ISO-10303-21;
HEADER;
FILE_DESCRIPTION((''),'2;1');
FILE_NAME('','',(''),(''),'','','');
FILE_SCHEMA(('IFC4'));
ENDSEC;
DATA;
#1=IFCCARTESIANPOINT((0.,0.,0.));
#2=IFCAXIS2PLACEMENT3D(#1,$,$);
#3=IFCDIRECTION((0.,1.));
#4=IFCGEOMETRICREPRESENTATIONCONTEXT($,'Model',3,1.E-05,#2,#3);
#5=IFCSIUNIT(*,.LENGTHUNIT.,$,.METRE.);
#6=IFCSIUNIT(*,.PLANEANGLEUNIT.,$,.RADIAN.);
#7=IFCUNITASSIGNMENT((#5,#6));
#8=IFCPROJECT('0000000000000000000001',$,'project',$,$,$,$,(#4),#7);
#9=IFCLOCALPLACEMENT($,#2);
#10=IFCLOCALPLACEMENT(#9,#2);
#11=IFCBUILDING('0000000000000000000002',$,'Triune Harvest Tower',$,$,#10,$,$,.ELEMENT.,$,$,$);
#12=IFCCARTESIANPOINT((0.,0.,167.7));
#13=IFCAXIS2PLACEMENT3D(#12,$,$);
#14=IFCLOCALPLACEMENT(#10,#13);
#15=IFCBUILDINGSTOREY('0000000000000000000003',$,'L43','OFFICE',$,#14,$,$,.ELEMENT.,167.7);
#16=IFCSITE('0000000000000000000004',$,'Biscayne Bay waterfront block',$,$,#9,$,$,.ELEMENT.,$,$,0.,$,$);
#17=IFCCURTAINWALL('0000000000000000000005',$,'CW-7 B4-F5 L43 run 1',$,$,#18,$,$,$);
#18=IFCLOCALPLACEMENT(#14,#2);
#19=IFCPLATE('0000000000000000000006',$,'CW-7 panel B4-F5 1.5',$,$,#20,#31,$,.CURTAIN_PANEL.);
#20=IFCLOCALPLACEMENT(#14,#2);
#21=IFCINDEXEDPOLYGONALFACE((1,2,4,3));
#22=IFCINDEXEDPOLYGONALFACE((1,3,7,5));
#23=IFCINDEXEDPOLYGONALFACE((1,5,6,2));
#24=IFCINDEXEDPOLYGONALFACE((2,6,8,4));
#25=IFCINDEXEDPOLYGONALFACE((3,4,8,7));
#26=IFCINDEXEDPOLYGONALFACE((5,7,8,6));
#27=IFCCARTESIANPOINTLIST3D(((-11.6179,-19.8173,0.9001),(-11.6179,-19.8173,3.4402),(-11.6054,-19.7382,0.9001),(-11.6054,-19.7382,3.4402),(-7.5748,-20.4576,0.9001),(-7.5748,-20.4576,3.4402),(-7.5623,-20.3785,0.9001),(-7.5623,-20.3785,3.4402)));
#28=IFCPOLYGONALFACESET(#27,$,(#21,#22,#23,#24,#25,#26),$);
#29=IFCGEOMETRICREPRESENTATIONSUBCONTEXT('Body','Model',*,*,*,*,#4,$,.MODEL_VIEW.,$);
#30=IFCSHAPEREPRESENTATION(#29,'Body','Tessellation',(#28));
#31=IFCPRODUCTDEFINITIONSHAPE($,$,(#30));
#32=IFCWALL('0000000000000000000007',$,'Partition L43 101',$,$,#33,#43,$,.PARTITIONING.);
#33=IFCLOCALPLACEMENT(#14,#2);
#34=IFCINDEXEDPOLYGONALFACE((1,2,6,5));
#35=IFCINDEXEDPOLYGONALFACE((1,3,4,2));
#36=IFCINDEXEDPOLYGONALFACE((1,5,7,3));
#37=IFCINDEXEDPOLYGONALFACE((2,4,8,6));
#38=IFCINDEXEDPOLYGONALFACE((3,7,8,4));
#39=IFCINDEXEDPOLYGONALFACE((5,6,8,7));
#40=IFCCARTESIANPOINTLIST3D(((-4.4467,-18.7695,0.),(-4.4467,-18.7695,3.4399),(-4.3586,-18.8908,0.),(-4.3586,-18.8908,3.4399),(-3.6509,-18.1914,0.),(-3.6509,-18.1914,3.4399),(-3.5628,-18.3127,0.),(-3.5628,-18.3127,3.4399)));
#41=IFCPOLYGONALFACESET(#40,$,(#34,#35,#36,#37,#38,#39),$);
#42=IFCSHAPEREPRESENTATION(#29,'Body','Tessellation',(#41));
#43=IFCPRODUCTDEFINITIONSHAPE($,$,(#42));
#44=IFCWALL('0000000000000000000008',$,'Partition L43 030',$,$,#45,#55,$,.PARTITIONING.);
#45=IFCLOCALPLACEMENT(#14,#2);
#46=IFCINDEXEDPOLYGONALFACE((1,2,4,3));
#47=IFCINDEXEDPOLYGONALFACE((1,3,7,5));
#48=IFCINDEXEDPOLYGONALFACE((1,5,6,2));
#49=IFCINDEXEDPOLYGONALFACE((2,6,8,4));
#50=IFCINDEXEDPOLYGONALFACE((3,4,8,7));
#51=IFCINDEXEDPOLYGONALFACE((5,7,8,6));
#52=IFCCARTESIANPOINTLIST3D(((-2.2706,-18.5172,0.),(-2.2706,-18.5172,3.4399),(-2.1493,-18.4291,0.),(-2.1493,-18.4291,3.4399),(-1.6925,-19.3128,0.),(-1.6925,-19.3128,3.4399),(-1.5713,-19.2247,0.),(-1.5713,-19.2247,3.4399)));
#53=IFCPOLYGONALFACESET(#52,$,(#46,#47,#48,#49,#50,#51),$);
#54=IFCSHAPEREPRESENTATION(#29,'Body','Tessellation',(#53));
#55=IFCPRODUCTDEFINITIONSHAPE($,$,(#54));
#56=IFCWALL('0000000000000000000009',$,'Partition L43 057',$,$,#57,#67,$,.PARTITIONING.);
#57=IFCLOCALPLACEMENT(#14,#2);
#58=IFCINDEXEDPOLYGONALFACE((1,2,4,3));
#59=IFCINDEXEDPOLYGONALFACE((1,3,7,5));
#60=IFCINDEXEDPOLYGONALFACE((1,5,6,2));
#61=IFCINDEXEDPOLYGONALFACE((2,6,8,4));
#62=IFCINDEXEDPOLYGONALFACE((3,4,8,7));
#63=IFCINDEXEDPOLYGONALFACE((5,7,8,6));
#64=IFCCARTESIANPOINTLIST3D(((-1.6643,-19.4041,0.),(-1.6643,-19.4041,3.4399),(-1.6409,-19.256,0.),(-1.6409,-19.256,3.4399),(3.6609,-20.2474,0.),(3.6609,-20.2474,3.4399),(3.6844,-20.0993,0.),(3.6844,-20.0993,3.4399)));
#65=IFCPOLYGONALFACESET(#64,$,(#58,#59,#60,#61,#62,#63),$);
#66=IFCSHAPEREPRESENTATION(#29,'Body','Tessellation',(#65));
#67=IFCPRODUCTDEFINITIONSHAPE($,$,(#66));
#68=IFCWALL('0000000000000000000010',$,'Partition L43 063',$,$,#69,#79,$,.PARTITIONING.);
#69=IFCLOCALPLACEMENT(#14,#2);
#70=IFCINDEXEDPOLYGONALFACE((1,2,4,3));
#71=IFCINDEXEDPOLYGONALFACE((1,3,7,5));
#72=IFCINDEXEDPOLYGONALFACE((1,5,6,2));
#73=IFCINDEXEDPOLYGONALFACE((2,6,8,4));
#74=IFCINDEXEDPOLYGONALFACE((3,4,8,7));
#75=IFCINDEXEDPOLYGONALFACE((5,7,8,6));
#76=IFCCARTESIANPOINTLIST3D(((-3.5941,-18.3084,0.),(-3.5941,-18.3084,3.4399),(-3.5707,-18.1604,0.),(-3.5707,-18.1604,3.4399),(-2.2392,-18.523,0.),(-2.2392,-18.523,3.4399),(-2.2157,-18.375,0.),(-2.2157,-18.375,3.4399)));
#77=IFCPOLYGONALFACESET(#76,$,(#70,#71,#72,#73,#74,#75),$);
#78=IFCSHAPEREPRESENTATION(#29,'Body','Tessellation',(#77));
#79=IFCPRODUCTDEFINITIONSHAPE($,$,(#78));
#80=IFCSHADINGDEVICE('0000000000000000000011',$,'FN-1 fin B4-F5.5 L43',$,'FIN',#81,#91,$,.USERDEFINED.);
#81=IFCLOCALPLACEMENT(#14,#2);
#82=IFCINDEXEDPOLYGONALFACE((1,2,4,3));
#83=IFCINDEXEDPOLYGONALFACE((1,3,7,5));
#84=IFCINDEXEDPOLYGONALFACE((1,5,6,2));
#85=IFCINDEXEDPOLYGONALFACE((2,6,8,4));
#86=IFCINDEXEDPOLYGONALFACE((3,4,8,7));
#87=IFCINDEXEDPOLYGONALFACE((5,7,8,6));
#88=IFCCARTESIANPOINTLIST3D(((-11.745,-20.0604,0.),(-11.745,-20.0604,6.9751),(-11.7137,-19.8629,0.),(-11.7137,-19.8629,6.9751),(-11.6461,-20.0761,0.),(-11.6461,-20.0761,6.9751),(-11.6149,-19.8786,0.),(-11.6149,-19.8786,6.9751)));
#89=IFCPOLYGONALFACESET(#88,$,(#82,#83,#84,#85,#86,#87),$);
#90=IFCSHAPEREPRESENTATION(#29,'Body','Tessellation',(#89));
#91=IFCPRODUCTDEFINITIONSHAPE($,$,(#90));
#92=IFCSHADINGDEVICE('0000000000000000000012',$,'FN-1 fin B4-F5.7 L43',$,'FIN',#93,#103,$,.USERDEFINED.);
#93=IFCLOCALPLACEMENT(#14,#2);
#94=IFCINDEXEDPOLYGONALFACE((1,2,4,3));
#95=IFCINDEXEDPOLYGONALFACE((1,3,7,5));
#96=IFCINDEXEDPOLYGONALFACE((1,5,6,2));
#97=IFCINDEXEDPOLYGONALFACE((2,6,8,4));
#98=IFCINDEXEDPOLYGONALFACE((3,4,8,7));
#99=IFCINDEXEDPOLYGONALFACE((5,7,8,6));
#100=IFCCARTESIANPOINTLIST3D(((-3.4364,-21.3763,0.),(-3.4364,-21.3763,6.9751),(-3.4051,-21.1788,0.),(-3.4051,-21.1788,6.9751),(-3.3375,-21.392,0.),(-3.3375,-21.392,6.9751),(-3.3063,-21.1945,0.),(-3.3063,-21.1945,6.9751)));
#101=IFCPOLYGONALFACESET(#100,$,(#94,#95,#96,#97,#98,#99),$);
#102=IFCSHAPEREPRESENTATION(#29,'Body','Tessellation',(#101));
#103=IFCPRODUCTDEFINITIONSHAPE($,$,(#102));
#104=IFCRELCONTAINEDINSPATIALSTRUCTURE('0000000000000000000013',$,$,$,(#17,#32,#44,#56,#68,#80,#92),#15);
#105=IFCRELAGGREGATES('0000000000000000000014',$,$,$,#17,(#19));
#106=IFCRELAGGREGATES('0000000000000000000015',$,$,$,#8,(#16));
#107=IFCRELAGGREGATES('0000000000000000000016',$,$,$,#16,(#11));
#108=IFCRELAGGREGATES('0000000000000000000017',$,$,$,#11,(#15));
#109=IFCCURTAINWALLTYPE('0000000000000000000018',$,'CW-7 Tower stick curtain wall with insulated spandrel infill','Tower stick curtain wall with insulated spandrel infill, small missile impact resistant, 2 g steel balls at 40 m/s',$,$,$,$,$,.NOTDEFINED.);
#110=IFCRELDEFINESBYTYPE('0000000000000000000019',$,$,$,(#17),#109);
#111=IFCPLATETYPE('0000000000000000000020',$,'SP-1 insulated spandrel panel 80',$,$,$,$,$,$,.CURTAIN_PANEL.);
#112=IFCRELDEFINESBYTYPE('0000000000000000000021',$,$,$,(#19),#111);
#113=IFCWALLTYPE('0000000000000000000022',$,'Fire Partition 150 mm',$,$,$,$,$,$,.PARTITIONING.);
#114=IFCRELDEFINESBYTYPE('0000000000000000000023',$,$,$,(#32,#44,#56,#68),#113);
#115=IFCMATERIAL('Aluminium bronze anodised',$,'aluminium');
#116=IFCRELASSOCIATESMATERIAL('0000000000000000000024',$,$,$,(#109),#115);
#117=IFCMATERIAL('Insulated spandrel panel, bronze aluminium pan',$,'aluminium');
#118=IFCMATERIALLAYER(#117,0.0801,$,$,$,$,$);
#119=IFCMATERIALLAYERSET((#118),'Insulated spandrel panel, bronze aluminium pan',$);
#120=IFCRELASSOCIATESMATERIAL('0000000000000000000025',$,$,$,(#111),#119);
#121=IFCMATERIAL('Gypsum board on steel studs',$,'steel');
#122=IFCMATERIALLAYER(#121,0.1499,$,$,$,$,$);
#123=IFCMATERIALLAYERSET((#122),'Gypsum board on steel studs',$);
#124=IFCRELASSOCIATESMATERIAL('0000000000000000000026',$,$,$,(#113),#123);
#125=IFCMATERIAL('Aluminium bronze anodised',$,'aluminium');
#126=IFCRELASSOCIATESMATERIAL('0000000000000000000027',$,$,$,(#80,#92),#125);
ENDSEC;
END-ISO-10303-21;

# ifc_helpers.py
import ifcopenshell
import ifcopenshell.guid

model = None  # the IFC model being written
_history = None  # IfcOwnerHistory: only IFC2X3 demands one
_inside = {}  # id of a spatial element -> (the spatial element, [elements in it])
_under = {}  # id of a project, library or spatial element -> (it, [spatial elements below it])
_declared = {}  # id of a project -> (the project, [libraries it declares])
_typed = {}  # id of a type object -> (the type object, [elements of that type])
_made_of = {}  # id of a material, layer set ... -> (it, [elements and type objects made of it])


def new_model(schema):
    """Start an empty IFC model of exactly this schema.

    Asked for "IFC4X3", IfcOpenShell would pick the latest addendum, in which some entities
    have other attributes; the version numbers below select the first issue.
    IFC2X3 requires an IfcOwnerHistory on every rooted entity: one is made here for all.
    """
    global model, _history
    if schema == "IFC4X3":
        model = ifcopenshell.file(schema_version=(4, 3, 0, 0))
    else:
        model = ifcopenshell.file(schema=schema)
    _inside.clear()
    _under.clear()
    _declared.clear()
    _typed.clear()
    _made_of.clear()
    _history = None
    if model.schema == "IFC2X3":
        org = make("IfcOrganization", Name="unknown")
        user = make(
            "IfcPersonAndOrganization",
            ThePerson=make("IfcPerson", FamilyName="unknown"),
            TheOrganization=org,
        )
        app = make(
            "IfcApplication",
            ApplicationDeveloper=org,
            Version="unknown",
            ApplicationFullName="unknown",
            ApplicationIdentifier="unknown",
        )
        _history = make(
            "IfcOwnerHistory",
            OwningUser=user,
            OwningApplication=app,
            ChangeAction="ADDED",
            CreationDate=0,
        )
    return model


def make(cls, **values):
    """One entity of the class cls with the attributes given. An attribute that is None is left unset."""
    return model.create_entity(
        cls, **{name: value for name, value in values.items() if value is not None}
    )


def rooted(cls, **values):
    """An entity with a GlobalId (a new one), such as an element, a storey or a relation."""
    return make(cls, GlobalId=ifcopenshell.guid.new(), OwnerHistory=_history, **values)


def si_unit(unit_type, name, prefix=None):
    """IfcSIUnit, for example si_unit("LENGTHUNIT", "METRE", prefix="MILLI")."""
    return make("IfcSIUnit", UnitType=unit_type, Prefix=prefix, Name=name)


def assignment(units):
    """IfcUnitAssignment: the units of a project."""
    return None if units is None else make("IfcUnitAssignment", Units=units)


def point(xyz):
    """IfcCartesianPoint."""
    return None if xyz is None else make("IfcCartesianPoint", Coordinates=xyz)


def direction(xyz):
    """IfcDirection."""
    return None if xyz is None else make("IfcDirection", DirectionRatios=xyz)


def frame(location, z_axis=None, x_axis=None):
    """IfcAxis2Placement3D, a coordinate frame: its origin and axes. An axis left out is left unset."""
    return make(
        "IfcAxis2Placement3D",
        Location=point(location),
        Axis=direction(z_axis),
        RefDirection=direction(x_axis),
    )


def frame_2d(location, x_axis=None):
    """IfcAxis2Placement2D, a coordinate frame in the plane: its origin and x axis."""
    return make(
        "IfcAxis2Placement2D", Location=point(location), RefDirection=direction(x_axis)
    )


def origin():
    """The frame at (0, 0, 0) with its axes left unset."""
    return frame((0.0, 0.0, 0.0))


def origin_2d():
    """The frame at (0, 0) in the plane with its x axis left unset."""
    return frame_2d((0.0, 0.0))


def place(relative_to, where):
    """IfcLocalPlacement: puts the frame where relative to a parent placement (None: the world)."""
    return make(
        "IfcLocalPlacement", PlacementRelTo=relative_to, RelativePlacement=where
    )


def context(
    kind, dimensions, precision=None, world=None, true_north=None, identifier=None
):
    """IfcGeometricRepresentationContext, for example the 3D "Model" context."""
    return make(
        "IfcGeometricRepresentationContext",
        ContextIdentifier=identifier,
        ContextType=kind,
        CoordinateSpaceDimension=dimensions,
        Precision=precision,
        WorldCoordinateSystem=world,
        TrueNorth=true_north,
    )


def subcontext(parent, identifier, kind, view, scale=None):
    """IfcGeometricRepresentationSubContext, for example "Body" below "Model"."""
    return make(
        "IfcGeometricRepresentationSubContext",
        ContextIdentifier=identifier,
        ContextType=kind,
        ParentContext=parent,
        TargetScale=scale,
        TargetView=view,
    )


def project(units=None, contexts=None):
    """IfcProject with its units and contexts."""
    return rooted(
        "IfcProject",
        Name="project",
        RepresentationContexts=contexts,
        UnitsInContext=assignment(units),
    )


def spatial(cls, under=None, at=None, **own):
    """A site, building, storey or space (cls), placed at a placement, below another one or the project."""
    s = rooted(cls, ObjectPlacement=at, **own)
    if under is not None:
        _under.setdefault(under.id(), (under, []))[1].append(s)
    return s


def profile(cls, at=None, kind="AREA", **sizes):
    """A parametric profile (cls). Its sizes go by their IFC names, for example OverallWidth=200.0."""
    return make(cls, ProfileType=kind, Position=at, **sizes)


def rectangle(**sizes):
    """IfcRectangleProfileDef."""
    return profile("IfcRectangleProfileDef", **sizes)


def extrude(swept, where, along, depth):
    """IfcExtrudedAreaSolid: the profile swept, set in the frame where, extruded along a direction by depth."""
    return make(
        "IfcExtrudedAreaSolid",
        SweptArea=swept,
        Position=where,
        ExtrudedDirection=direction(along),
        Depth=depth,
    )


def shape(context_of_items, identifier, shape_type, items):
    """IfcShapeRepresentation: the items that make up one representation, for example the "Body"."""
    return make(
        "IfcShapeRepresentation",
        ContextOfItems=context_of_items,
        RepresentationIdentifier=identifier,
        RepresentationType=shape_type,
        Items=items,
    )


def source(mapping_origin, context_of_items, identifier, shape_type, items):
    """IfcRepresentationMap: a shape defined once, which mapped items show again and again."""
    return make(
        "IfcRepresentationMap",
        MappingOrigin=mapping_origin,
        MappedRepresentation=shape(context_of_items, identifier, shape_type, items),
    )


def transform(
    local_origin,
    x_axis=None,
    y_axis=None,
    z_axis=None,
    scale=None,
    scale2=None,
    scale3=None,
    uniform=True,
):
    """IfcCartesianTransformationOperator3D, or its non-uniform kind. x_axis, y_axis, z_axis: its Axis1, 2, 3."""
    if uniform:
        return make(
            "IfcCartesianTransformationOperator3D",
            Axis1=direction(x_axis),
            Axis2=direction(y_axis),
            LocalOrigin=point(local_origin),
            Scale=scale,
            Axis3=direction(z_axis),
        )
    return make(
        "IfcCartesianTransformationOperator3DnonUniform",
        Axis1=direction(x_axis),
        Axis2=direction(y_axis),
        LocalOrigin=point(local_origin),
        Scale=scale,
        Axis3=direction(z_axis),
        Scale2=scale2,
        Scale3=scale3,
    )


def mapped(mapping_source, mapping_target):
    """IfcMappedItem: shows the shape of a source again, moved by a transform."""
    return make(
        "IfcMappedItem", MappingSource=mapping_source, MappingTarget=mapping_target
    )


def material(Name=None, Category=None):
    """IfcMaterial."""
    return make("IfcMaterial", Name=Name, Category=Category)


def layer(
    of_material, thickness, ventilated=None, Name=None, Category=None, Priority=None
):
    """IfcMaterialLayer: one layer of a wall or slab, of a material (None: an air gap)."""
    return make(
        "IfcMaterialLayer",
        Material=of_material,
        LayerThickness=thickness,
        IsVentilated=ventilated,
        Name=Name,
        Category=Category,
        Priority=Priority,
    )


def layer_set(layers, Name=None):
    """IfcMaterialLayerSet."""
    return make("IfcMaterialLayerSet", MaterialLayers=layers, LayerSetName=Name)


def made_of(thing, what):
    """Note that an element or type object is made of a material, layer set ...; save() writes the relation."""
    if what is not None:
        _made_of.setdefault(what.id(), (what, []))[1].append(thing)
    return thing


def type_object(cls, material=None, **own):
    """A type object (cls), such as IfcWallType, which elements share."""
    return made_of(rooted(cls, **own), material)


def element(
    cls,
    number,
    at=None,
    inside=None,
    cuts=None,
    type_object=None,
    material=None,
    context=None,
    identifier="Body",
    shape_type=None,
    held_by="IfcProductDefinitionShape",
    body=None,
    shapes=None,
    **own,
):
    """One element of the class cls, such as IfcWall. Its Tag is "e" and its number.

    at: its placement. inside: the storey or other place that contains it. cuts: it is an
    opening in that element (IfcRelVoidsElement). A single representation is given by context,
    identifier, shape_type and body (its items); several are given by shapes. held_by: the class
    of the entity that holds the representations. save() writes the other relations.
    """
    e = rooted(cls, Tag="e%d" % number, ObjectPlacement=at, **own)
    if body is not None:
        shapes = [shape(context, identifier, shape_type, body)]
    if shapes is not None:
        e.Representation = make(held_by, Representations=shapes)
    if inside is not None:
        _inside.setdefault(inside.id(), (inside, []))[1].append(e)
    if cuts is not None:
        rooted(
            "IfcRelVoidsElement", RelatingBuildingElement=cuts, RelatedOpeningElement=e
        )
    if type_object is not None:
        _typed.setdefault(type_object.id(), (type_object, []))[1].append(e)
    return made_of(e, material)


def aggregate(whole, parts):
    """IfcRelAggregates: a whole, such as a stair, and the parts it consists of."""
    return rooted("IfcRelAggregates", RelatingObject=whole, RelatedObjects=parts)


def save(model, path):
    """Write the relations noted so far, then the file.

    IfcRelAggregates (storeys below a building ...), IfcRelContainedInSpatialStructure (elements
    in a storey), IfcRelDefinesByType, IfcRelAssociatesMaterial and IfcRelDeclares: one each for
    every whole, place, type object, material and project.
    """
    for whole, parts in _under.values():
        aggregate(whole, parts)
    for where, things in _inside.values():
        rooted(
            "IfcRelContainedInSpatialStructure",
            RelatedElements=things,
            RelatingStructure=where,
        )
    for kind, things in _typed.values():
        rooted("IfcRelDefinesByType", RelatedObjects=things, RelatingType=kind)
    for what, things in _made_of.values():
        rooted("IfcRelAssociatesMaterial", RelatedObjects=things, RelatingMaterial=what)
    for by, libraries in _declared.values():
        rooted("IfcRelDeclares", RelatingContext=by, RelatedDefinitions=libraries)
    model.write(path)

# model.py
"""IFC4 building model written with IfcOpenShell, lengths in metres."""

from ifc_helpers import new_model, si_unit, direction, frame, frame_2d, origin, origin_2d, place, context, subcontext, project, spatial, rectangle, extrude, source, transform, mapped, material, layer, layer_set, type_object, element, aggregate, save


model = new_model("IFC4")

# Units and contexts
model_context = context("Model", 3, precision=1e-05, world=origin(), true_north=direction((0.0, 1.0)))
body_context = subcontext(model_context, "Body", "Model", "MODEL_VIEW")
ifc_project = project(units=[si_unit("LENGTHUNIT", "METRE"), si_unit("PLANEANGLEUNIT", "RADIAN")], contexts=[model_context])

# Site, building, storey
site_placement = place(None, origin())
site = spatial("IfcSite", under=ifc_project, at=site_placement, Name="Biscayne Bay waterfront block", CompositionType="ELEMENT", RefElevation=0.0)
building_placement = place(site_placement, origin())
building = spatial("IfcBuilding", under=site, at=building_placement, Name="Triune Harvest Tower", CompositionType="ELEMENT")
storey_placement = place(building_placement, frame((0.0, 0.0, 167.7)))
storey = spatial("IfcBuildingStorey", under=building, at=storey_placement, Name="L43", Description="OFFICE", CompositionType="ELEMENT", Elevation=167.7)

# Curtain wall
ifc_material_1 = material(Name="Aluminium bronze anodised", Category="aluminium")
curtain_wall_type_1 = type_object("IfcCurtainWallType", Name="CW-7 Tower stick curtain wall with insulated spandrel infill", Description="Tower stick curtain wall with insulated spandrel infill, small missile impact resistant, 2 g steel balls at 40 m/s", PredefinedType="NOTDEFINED", material=ifc_material_1)
curtain_wall_1_placement = place(storey_placement, origin())
curtain_wall_1 = element("IfcCurtainWall", 1, at=curtain_wall_1_placement, inside=storey, type_object=curtain_wall_type_1, Name="CW-7 B4-F5 L43 run 1")

# Plate
ifc_material_2 = material(Name="Insulated spandrel panel, bronze aluminium pan", Category="aluminium")
ifc_layer_1 = layer(ifc_material_2, 0.0801)
ifc_layer_set_1 = layer_set([ifc_layer_1], Name="Insulated spandrel panel, bronze aluminium pan")
plate_type_1 = type_object("IfcPlateType", Name="SP-1 insulated spandrel panel 80", PredefinedType="CURTAIN_PANEL", material=ifc_layer_set_1)
shared_shape_1 = source(origin(), body_context, "Body", "SweptSolid", [
    extrude(rectangle(XDim=4.0935, YDim=0.0801, at=origin_2d()), origin(), (0.0, 0.0, 1.0), 2.54),
])
plate_1_placement = place(storey_placement, frame((-9.5901, -20.0979, 0.9001), z_axis=(0.0, 0.0, 1.0), x_axis=(0.987688, -0.156435, 0.0)))
plate_1 = element("IfcPlate", 2, at=plate_1_placement, type_object=plate_type_1, Name="CW-7 panel B4-F5 1.5", PredefinedType="CURTAIN_PANEL", context=body_context, shape_type="MappedRepresentation", body=[
    mapped(shared_shape_1, transform((0.0, 0.0, 0.0), scale=1.0)),
])
aggregate(curtain_wall_1, [plate_1])

# Walls
ifc_material_3 = material(Name="Gypsum board on steel studs", Category="steel")
ifc_layer_2 = layer(ifc_material_3, 0.1499)
ifc_layer_set_2 = layer_set([ifc_layer_2], Name="Gypsum board on steel studs")
wall_type = type_object("IfcWallType", Name="Fire Partition 150 mm", PredefinedType="PARTITIONING", material=ifc_layer_set_2)
shared_shape_2 = source(origin(), body_context, "Body", "SweptSolid", [
    extrude(rectangle(XDim=0.9836, YDim=0.1499, at=frame_2d((0.4917, 0.0))), origin(), (0.0, 0.0, 1.0), 3.4399),
])
wall_1_placement = place(storey_placement, frame((-4.4026, -18.8301, 0.0), z_axis=(0.0, 0.0, 1.0), x_axis=(0.809079, 0.587699, 0.0)))
element("IfcWall", 3, at=wall_1_placement, inside=storey, type_object=wall_type, Name="Partition L43 101", PredefinedType="PARTITIONING", context=body_context, shape_type="MappedRepresentation", body=[
    mapped(shared_shape_2, transform((0.0, 0.0, 0.0), scale=1.0)),
])
shared_shape_3 = source(origin(), body_context, "Body", "SweptSolid", [
    extrude(rectangle(XDim=0.9834, YDim=0.1499, at=frame_2d((0.4917, 0.0))), origin(), (0.0, 0.0, 1.0), 3.4399),
])
wall_2_placement = place(storey_placement, frame((-2.21, -18.4731, 0.0), z_axis=(0.0, 0.0, 1.0), x_axis=(0.587817, -0.808994, 0.0)))
element("IfcWall", 4, at=wall_2_placement, inside=storey, type_object=wall_type, Name="Partition L43 030", PredefinedType="PARTITIONING", context=body_context, shape_type="MappedRepresentation", body=[
    mapped(shared_shape_3, transform((0.0, 0.0, 0.0), scale=1.0)),
])
shared_shape_4 = source(origin(), body_context, "Body", "SweptSolid", [
    extrude(rectangle(XDim=5.3916, YDim=0.1499, at=frame_2d((2.6958, 0.0))), origin(), (0.0, 0.0, 1.0), 3.4399),
])
wall_3_placement = place(storey_placement, frame((-1.6526, -19.3301, 0.0), z_axis=(0.0, 0.0, 1.0), x_axis=(0.987693, -0.156404, 0.0)))
element("IfcWall", 5, at=wall_3_placement, inside=storey, type_object=wall_type, Name="Partition L43 057", PredefinedType="PARTITIONING", context=body_context, shape_type="MappedRepresentation", body=[
    mapped(shared_shape_4, transform((0.0, 0.0, 0.0), scale=1.0)),
])
shared_shape_5 = source(origin(), body_context, "Body", "SweptSolid", [
    extrude(rectangle(XDim=1.3718, YDim=0.1499, at=frame_2d((0.686, 0.0))), origin(), (0.0, 0.0, 1.0), 3.4399),
])
wall_4_placement = place(storey_placement, frame((-3.5825, -18.2344, 0.0), z_axis=(0.0, 0.0, 1.0), x_axis=(0.987689, -0.156429, 0.0)))
element("IfcWall", 6, at=wall_4_placement, inside=storey, type_object=wall_type, Name="Partition L43 063", PredefinedType="PARTITIONING", context=body_context, shape_type="MappedRepresentation", body=[
    mapped(shared_shape_5, transform((0.0, 0.0, 0.0), scale=1.0)),
])

# Shading devices
ifc_material_4 = material(Name="Aluminium bronze anodised", Category="aluminium")
shared_shape_6 = source(origin(), body_context, "Body", "SweptSolid", [
    extrude(rectangle(XDim=0.1001, YDim=0.2, at=origin_2d()), origin(), (0.0, 0.0, 1.0), 6.9751),
])
for number, where, z_axis, x_axis, name in (
    (7, (-11.6799, -19.9695, 0.0), (0.0, 0.0, 1.0), (0.987688, -0.156435, 0.0), "FN-1 fin B4-F5.5 L43"),
    (8, (-3.3713, -21.2854, 0.0), (0.0, 0.0, 1.0), (0.987688, -0.156435, 0.0), "FN-1 fin B4-F5.7 L43"),
):
    element("IfcShadingDevice", number, at=place(storey_placement, frame(where, z_axis=z_axis, x_axis=x_axis)), inside=storey, material=ifc_material_4, Name=name, ObjectType="FIN", PredefinedType="USERDEFINED", context=body_context, shape_type="MappedRepresentation", body=[
        mapped(shared_shape_6, transform((0.0, 0.0, 0.0), scale=1.0)),
    ])

save(model, "model.ifc")
